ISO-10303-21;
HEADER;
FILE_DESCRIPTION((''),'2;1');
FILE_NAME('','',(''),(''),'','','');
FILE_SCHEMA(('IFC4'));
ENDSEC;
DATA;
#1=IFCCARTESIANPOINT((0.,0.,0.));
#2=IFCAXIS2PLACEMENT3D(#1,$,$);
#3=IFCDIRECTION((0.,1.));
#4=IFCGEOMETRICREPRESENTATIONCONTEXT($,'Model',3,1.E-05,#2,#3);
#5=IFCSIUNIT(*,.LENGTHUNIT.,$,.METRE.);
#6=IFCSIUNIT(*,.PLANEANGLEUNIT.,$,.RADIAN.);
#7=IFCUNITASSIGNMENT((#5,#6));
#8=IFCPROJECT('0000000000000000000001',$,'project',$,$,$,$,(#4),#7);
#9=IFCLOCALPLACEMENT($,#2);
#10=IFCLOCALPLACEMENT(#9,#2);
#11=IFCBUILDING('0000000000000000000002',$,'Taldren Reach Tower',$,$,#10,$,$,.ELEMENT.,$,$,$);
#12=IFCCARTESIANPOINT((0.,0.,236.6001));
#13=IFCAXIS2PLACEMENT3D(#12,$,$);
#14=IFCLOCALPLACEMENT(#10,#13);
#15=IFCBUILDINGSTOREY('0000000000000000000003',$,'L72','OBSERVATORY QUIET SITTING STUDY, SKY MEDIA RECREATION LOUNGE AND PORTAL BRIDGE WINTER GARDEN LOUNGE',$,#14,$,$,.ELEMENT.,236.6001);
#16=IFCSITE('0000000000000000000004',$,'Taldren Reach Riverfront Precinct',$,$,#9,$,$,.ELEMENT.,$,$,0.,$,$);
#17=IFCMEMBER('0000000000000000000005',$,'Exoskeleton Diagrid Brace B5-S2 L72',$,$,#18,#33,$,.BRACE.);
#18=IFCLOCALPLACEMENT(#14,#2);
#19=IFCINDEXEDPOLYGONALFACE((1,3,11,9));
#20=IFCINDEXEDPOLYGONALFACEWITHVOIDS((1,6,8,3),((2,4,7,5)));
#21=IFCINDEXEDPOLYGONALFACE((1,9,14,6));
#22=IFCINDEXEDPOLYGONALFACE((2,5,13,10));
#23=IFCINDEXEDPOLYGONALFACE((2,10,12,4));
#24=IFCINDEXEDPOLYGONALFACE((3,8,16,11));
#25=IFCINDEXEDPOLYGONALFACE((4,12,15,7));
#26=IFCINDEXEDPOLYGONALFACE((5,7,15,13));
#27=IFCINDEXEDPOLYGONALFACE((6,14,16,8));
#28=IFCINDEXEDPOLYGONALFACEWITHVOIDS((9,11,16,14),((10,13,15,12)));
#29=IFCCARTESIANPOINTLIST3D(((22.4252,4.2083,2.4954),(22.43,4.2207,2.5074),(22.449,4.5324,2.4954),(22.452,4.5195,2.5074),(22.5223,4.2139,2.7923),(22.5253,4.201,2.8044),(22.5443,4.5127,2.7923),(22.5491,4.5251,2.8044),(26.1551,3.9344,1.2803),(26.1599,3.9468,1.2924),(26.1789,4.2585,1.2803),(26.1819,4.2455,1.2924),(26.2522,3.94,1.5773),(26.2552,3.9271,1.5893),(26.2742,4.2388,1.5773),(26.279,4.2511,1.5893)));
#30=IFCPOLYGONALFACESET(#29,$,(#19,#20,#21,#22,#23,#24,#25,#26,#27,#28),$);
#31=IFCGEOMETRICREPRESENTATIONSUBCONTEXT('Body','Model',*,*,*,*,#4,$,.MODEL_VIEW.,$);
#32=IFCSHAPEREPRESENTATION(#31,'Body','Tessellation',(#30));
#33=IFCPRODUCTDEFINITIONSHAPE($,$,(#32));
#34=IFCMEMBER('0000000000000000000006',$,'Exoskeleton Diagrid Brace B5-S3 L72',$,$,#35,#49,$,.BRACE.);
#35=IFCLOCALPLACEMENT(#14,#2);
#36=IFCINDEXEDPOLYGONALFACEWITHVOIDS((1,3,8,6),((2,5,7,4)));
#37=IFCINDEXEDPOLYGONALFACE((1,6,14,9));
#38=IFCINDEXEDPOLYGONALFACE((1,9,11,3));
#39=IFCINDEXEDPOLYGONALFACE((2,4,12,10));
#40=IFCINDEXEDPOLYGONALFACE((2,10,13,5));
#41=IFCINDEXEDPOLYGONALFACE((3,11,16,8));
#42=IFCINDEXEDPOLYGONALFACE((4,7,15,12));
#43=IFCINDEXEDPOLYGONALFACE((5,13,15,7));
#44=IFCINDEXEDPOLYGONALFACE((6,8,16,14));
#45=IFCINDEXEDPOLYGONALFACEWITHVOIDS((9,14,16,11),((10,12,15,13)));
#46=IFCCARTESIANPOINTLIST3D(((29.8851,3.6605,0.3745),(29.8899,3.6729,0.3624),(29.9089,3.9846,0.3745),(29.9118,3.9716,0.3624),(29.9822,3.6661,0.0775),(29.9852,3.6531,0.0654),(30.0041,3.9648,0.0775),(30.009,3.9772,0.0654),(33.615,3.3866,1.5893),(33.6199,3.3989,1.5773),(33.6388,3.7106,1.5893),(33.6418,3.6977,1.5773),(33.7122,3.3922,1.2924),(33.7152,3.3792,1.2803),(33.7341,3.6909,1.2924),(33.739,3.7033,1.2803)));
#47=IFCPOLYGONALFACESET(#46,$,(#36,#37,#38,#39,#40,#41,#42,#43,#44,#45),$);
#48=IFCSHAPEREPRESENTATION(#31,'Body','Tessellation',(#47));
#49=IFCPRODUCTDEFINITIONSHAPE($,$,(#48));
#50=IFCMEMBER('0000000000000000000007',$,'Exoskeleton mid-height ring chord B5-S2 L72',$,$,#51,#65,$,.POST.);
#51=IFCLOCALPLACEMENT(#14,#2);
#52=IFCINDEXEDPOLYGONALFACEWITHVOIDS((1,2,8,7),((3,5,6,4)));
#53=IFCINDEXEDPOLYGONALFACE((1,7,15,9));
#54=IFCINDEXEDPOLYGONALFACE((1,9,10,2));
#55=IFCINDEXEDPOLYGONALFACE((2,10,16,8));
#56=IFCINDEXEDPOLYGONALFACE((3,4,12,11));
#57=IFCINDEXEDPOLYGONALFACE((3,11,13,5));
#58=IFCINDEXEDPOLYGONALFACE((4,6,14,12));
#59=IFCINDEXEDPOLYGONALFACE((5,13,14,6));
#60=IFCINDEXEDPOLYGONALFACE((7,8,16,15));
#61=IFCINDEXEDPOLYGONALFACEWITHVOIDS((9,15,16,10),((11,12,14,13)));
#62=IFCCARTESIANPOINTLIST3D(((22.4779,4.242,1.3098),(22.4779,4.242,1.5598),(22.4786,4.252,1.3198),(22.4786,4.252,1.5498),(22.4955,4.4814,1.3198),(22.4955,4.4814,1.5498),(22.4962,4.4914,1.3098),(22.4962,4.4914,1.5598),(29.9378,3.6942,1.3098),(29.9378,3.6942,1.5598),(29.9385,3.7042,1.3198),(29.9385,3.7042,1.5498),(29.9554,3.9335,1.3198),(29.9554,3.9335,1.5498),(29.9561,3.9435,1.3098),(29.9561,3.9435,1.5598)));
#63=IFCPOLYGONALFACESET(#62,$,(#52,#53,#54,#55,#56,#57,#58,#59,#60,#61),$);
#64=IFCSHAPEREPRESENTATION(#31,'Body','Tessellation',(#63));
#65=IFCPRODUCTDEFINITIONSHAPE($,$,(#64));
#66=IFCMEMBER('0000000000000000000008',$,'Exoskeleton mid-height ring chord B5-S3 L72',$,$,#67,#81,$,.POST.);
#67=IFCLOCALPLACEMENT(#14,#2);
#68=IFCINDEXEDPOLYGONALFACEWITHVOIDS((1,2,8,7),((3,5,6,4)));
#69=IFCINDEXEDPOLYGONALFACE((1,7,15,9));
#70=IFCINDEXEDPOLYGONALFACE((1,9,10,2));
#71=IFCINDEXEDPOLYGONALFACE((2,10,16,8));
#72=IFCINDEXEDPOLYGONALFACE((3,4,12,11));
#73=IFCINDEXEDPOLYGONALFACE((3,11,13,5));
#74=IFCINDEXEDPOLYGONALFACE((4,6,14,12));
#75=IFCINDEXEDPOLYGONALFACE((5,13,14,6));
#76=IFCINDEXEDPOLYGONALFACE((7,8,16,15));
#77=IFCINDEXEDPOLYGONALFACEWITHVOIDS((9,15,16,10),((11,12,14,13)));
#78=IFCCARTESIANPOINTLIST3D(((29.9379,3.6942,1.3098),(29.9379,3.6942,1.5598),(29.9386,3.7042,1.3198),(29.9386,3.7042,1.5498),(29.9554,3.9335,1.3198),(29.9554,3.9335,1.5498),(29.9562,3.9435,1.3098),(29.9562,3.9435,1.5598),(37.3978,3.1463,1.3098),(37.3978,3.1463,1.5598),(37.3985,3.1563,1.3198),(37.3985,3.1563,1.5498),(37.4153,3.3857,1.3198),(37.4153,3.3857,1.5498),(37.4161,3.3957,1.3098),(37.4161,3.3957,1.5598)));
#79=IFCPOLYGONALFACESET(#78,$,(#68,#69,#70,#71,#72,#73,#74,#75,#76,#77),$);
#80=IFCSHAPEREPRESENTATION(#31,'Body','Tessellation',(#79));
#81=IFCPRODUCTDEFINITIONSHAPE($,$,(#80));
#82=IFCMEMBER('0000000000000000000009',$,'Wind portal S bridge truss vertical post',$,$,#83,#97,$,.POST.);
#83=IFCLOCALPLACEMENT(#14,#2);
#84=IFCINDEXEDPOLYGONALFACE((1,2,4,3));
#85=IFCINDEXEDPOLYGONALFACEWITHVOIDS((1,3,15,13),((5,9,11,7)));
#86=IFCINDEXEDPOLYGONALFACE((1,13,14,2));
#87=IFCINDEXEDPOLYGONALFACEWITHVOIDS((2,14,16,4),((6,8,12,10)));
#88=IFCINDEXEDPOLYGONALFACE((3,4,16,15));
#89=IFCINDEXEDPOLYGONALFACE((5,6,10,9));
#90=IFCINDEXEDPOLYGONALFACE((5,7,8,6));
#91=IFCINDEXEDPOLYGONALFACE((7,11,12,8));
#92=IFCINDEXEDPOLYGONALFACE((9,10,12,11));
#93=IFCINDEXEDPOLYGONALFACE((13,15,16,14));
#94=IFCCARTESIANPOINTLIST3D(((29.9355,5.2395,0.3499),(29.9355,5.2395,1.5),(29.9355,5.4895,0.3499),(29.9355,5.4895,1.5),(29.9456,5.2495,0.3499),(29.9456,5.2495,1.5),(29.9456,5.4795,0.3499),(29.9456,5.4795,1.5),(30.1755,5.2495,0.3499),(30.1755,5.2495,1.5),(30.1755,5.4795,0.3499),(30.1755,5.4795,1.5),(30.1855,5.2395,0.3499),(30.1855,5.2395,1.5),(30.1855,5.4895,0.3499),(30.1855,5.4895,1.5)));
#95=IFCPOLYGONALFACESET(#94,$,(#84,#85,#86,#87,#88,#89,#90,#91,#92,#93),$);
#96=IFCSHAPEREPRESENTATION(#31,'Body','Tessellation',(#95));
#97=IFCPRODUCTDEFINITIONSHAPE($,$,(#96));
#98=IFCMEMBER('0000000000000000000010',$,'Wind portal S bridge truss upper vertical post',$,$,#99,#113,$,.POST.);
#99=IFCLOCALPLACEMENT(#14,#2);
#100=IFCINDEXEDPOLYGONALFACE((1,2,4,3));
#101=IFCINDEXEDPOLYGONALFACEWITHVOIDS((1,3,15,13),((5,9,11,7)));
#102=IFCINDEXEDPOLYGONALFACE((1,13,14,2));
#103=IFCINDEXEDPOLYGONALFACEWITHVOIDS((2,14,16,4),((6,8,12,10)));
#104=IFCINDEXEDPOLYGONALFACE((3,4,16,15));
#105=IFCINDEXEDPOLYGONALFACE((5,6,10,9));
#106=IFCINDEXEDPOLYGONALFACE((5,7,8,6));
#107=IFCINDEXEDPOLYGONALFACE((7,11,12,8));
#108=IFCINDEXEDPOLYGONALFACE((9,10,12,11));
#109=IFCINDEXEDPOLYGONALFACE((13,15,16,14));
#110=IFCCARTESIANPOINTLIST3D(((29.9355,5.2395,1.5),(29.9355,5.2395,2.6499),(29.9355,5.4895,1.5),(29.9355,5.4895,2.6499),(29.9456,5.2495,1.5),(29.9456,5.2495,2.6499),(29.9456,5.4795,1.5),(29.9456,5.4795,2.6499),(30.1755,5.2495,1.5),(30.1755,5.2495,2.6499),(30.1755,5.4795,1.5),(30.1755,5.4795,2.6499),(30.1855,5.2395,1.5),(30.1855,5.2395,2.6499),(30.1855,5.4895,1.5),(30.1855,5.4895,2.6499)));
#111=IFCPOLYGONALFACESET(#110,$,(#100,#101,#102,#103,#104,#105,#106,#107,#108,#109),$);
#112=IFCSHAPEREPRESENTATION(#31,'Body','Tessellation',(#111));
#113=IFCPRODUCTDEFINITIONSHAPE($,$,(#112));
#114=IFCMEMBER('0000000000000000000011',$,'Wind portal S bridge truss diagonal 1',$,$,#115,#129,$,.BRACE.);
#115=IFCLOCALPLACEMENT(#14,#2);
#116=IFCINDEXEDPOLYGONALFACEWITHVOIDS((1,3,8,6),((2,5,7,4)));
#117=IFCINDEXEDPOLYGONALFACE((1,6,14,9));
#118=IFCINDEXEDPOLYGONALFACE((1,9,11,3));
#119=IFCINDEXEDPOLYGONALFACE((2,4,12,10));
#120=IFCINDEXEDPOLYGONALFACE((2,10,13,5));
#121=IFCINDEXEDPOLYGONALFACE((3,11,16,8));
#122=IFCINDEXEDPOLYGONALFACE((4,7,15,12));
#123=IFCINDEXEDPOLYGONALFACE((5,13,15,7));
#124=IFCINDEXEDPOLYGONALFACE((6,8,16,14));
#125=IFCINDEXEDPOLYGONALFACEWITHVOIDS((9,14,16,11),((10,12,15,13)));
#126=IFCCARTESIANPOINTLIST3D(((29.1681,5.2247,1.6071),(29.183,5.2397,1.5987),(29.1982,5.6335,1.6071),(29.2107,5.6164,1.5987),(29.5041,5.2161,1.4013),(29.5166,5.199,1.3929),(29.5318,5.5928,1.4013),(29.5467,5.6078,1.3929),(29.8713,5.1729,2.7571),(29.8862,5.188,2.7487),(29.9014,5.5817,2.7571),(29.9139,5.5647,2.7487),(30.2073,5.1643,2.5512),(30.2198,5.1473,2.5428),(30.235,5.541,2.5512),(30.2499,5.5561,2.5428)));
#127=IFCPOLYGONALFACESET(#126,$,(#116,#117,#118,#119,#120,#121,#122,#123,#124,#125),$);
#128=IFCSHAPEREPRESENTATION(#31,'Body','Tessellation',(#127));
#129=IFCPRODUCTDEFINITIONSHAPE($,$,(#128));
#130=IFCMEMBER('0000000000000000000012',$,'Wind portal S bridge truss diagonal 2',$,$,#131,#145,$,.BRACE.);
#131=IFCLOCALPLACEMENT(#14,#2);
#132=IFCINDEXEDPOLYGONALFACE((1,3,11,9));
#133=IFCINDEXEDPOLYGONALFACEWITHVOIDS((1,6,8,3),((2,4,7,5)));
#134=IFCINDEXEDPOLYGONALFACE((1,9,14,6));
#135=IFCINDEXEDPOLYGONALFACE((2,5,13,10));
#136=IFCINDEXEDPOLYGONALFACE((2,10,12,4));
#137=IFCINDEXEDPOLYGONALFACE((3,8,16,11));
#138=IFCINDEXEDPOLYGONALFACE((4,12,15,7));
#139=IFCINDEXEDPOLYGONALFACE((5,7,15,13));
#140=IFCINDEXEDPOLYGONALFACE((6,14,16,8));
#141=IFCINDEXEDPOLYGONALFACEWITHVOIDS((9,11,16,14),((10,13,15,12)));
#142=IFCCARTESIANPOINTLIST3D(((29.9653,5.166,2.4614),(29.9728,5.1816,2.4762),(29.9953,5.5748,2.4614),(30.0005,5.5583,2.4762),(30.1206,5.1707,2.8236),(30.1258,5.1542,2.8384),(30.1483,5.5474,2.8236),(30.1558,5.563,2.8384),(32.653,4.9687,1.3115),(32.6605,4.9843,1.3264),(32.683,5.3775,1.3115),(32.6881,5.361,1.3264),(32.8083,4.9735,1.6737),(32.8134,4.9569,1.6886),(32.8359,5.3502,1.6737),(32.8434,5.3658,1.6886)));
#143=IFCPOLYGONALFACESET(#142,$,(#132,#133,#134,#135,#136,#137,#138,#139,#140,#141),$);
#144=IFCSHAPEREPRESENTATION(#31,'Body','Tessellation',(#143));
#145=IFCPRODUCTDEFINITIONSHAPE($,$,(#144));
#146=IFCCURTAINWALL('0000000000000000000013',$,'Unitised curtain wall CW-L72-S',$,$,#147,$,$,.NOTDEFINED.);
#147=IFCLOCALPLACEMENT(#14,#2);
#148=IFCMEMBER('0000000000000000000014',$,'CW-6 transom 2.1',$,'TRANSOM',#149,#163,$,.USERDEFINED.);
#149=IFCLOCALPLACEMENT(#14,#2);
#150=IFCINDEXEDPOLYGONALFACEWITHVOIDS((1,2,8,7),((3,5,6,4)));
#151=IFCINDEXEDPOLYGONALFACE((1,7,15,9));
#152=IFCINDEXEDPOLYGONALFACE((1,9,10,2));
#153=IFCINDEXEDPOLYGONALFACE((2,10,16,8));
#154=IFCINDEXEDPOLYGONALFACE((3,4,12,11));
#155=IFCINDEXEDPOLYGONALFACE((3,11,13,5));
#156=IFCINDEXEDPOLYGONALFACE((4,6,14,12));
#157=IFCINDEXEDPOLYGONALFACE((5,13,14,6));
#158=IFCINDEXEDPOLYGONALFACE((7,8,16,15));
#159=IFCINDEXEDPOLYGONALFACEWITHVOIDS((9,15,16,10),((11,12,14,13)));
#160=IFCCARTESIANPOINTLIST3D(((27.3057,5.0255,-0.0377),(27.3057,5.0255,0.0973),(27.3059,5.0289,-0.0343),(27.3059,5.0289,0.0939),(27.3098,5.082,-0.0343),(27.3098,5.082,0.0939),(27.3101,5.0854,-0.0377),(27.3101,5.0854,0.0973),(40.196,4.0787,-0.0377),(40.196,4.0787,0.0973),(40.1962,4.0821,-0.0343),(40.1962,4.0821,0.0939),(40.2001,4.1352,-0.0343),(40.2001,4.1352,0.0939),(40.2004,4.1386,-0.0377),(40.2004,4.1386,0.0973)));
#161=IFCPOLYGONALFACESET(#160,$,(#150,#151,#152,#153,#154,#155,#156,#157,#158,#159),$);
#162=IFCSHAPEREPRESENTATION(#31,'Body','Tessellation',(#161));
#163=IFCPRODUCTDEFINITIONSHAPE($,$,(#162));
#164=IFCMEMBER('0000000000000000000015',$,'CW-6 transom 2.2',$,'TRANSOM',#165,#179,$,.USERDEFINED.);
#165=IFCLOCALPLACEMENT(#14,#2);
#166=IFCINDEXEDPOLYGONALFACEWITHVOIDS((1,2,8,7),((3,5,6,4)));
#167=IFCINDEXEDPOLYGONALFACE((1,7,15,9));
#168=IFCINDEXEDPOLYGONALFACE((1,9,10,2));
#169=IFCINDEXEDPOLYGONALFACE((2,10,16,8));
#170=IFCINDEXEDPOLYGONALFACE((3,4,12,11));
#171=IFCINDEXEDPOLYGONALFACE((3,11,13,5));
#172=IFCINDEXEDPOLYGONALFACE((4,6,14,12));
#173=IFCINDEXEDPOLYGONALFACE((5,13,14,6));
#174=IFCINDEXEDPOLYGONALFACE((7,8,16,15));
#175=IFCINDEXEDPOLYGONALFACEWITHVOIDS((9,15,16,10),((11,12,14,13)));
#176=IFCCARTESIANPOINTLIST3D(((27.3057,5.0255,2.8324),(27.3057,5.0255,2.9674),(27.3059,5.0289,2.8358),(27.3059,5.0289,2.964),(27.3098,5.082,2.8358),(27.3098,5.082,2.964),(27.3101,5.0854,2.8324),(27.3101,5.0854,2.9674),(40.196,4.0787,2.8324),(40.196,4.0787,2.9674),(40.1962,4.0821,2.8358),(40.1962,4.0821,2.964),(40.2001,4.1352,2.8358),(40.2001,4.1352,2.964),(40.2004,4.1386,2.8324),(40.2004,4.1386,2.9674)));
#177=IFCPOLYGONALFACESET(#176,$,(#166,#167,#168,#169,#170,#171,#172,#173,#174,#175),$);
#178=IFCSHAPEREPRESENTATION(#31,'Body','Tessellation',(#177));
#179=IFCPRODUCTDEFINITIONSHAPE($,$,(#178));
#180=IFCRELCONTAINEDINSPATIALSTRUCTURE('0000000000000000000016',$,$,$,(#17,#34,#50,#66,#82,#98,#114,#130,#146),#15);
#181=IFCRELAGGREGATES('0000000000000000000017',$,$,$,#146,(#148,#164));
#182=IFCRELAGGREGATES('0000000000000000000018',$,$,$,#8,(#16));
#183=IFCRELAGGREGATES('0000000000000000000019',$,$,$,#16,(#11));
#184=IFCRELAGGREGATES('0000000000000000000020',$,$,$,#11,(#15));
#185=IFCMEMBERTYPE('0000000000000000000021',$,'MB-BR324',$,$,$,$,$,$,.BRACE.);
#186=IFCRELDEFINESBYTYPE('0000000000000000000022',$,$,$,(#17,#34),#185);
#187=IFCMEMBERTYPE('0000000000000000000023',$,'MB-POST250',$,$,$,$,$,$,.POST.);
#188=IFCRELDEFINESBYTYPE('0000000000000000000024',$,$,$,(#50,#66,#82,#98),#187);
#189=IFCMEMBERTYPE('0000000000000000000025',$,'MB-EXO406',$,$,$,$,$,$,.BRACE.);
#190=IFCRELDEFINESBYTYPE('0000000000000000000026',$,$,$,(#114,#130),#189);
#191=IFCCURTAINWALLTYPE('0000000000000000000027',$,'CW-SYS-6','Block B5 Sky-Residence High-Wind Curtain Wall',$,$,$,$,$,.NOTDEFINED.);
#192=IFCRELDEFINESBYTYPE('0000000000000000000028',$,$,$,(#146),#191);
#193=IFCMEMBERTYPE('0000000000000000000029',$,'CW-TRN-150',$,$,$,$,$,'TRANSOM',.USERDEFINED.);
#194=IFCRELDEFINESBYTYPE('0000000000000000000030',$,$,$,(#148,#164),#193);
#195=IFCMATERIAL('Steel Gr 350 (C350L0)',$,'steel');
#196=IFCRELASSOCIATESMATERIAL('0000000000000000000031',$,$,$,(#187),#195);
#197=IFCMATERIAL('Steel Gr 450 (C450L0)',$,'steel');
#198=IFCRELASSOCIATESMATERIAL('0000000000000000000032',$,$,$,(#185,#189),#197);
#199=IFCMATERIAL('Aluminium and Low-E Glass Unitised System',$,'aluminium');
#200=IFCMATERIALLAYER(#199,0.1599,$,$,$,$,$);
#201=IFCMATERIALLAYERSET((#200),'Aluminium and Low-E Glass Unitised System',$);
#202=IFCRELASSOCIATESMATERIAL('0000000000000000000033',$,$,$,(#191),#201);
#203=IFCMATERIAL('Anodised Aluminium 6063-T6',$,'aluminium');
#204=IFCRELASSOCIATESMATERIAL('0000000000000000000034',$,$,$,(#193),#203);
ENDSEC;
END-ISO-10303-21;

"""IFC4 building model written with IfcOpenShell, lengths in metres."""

from ifc_helpers import new_model, si_unit, direction, frame, origin, origin_2d, place, context, subcontext, project, spatial, hollow_rectangle, extrude, source, transform, mapped, material, layer, layer_set, material_profile, profile_set, type_object, element, aggregate, save


model = new_model("IFC4")

# Units and contexts
model_context = context("Model", 3, precision=1e-05, world=origin(), true_north=direction((0.0, 1.0)))
body_context = subcontext(model_context, "Body", "Model", "MODEL_VIEW")
ifc_project = project(units=[si_unit("LENGTHUNIT", "METRE"), si_unit("PLANEANGLEUNIT", "RADIAN")], contexts=[model_context])

# Site, building, storey
site_placement = place(None, origin())
site = spatial("IfcSite", under=ifc_project, at=site_placement, Name="Taldren Reach Riverfront Precinct", CompositionType="ELEMENT", RefElevation=0.0)
building_placement = place(site_placement, origin())
building = spatial("IfcBuilding", under=site, at=building_placement, Name="Taldren Reach Tower", CompositionType="ELEMENT")
storey_placement = place(building_placement, frame((0.0, 0.0, 236.6001)))
storey = spatial("IfcBuildingStorey", under=building, at=storey_placement, Name="L72", Description="OBSERVATORY QUIET SITTING STUDY, SKY MEDIA RECREATION LOUNGE AND PORTAL BRIDGE WINTER GARDEN LOUNGE", CompositionType="ELEMENT", Elevation=236.6001)

# Shared definitions
ifc_material_1 = material(Name="Steel Gr 350 (C350L0)", Category="steel")

# Shared definitions
ifc_material_profile_1 = material_profile(ifc_material_1, hollow_rectangle(XDim=0.25, YDim=0.25, WallThickness=0.01, at=origin_2d()), Name="250x250x10.0SHS")
ifc_profile_set_1 = profile_set([ifc_material_profile_1], Name="Steel Gr 350 (C350L0)")
member_type_1 = type_object("IfcMemberType", Name="MB-POST250", PredefinedType="POST", material=ifc_profile_set_1)
ifc_material_2 = material(Name="Steel Gr 450 (C450L0)", Category="steel")

# Members
ifc_material_profile_2 = material_profile(ifc_material_2, hollow_rectangle(XDim=0.325, YDim=0.325, WallThickness=0.0127, at=origin_2d()), Name="325x325x12.7SHS")
ifc_profile_set_2 = profile_set([ifc_material_profile_2], Name="Steel Gr 450 (C450L0)")
member_type_2 = type_object("IfcMemberType", Name="MB-BR324", PredefinedType="BRACE", material=ifc_profile_set_2)
shared_shape_1 = source(origin(), body_context, "Body", "SweptSolid", [
    extrude(hollow_rectangle(XDim=0.325, YDim=0.325, WallThickness=0.0127, at=origin_2d()), origin(), (0.0, 0.0, 1.0), 3.9324),
])
for number, where, z_axis, x_axis, name in (
    (1, (26.217, 4.0928, 1.4348), (-0.948511, 0.069658, 0.308989), (-0.073242, -0.997314, 0.0), "Exoskeleton Diagrid Brace B5-S2 L72"),
    (2, (29.947, 3.8188, 0.22), (0.948529, -0.069659, 0.308933), (0.073242, 0.997314, 0.0), "Exoskeleton Diagrid Brace B5-S3 L72"),
):
    element("IfcMember", number, at=place(storey_placement, frame(where, z_axis=z_axis, x_axis=x_axis)), inside=storey, type_object=member_type_2, Name=name, PredefinedType="BRACE", context=body_context, shape_type="MappedRepresentation", body=[
        mapped(shared_shape_1, transform((0.0, 0.0, 0.0), scale=1.0)),
    ])
shared_shape_2 = source(origin(), body_context, "Body", "SweptSolid", [
    extrude(hollow_rectangle(XDim=0.25, YDim=0.25, WallThickness=0.01, at=origin_2d()), origin(), (0.0, 0.0, 1.0), 7.48),
])
for number, where, z_axis, x_axis, name in (
    (3, (22.4871, 4.3667, 1.4348), (0.997314, -0.073242, 0.0), (0.073242, 0.997314, 0.0), "Exoskeleton mid-height ring chord B5-S2 L72"),
    (4, (29.947, 3.8188, 1.4348), (0.997314, -0.073242, 0.0), (0.073242, 0.997314, 0.0), "Exoskeleton mid-height ring chord B5-S3 L72"),
):
    element("IfcMember", number, at=place(storey_placement, frame(where, z_axis=z_axis, x_axis=x_axis)), inside=storey, type_object=member_type_1, Name=name, PredefinedType="POST", context=body_context, shape_type="MappedRepresentation", body=[
        mapped(shared_shape_2, transform((0.0, 0.0, 0.0), scale=1.0)),
    ])
shared_shape_3 = source(origin(), body_context, "Body", "SweptSolid", [
    extrude(hollow_rectangle(XDim=0.25, YDim=0.25, WallThickness=0.01, at=origin_2d()), origin(), (0.0, 0.0, 1.0), 1.1501),
])
member_1_placement = place(storey_placement, frame((30.0605, 5.3645, 0.3499), z_axis=(0.0, 0.0, 1.0), x_axis=(1.0, 0.0, 0.0)))
element("IfcMember", 5, at=member_1_placement, inside=storey, type_object=member_type_1, Name="Wind portal S bridge truss vertical post", PredefinedType="POST", context=body_context, shape_type="MappedRepresentation", body=[
    mapped(shared_shape_3, transform((0.0, 0.0, 0.0), scale=1.0)),
])
shared_shape_4 = source(origin(), body_context, "Body", "SweptSolid", [
    extrude(hollow_rectangle(XDim=0.25, YDim=0.25, WallThickness=0.01, at=origin_2d()), origin(), (0.0, 0.0, 1.0), 1.1499),
])
member_2_placement = place(storey_placement, frame((30.0605, 5.3645, 1.5), z_axis=(0.0, 0.0, 1.0), x_axis=(1.0, 0.0, 0.0)))
element("IfcMember", 6, at=member_2_placement, inside=storey, type_object=member_type_1, Name="Wind portal S bridge truss upper vertical post", PredefinedType="POST", context=body_context, shape_type="MappedRepresentation", body=[
    mapped(shared_shape_4, transform((0.0, 0.0, 0.0), scale=1.0)),
])
ifc_material_profile_3 = material_profile(ifc_material_2, hollow_rectangle(XDim=0.4099, YDim=0.4099, WallThickness=0.0161, at=origin_2d()), Name="410x410x16.0SHS")
ifc_profile_set_3 = profile_set([ifc_material_profile_3], Name="Steel Gr 450 (C450L0)")
member_type_3 = type_object("IfcMemberType", Name="MB-EXO406", PredefinedType="BRACE", material=ifc_profile_set_3)
shared_shape_5 = source(origin(), body_context, "Body", "SweptSolid", [
    extrude(hollow_rectangle(XDim=0.4099, YDim=0.4099, WallThickness=0.0161, at=origin_2d()), origin(), (0.0, 0.0, 1.0), 1.3489),
])
member_3_placement = place(storey_placement, frame((29.3574, 5.4163, 1.5), z_axis=(0.521286, -0.038372, 0.852519), x_axis=(0.073412, 0.997302, 0.0)))
element("IfcMember", 7, at=member_3_placement, inside=storey, type_object=member_type_3, Name="Wind portal S bridge truss diagonal 1", PredefinedType="BRACE", context=body_context, shape_type="MappedRepresentation", body=[
    mapped(shared_shape_5, transform((0.0, 0.0, 0.0), scale=1.0)),
])
shared_shape_6 = source(origin(), body_context, "Body", "SweptSolid", [
    extrude(hollow_rectangle(XDim=0.4099, YDim=0.4099, WallThickness=0.0161, at=origin_2d()), origin(), (0.0, 0.0, 1.0), 2.9299),
])
member_4_placement = place(storey_placement, frame((30.0605, 5.3645, 2.6499), z_axis=(0.917305, -0.067325, -0.392452), x_axis=(0.073198, 0.997317, 0.0)))
element("IfcMember", 8, at=member_4_placement, inside=storey, type_object=member_type_3, Name="Wind portal S bridge truss diagonal 2", PredefinedType="BRACE", context=body_context, shape_type="MappedRepresentation", body=[
    mapped(shared_shape_6, transform((0.0, 0.0, 0.0), scale=1.0)),
])

# Curtain wall, members
ifc_material_3 = material(Name="Aluminium and Low-E Glass Unitised System", Category="aluminium")
ifc_layer_1 = layer(ifc_material_3, 0.1599)
ifc_layer_set_1 = layer_set([ifc_layer_1], Name="Aluminium and Low-E Glass Unitised System")
curtain_wall_type = type_object("IfcCurtainWallType", Name="CW-SYS-6", Description="Block B5 Sky-Residence High-Wind Curtain Wall", PredefinedType="NOTDEFINED", material=ifc_layer_set_1)
curtain_wall_placement = place(storey_placement, origin())
curtain_wall = element("IfcCurtainWall", 9, at=curtain_wall_placement, inside=storey, type_object=curtain_wall_type, Name="Unitised curtain wall CW-L72-S", PredefinedType="NOTDEFINED")
ifc_material_4 = material(Name="Anodised Aluminium 6063-T6", Category="aluminium")
ifc_material_profile_4 = material_profile(ifc_material_4, hollow_rectangle(XDim=0.0601, YDim=0.135, WallThickness=0.0034, at=origin_2d()), Name="ALU-135x60x3.5RHS")
ifc_profile_set_4 = profile_set([ifc_material_profile_4], Name="Anodised Aluminium 6063-T6")
member_type_4 = type_object("IfcMemberType", Name="CW-TRN-150", ElementType="TRANSOM", PredefinedType="USERDEFINED", material=ifc_profile_set_4)
shared_shape_7 = source(origin(), body_context, "Body", "SweptSolid", [
    extrude(hollow_rectangle(XDim=0.0601, YDim=0.135, WallThickness=0.0034, at=origin_2d()), origin(), (0.0, 0.0, 1.0), 12.925),
])
member_5_placement = place(storey_placement, frame((27.3079, 5.0554, 0.0298), z_axis=(0.997314, -0.073251, 0.0), x_axis=(0.073251, 0.997314, 0.0)))
member_5 = element("IfcMember", 10, at=member_5_placement, type_object=member_type_4, Name="CW-6 transom 2.1", ObjectType="TRANSOM", PredefinedType="USERDEFINED", context=body_context, shape_type="MappedRepresentation", body=[
    mapped(shared_shape_7, transform((0.0, 0.0, 0.0), scale=1.0)),
])
member_6_placement = place(storey_placement, frame((27.3079, 5.0554, 2.8999), z_axis=(0.997314, -0.073251, 0.0), x_axis=(0.073251, 0.997314, 0.0)))
member_6 = element("IfcMember", 11, at=member_6_placement, type_object=member_type_4, Name="CW-6 transom 2.2", ObjectType="TRANSOM", PredefinedType="USERDEFINED", context=body_context, shape_type="MappedRepresentation", body=[
    mapped(shared_shape_7, transform((0.0, 0.0, 0.0), scale=1.0)),
])

aggregate(curtain_wall, [member_5, member_6])

save(model, "model.ifc")
